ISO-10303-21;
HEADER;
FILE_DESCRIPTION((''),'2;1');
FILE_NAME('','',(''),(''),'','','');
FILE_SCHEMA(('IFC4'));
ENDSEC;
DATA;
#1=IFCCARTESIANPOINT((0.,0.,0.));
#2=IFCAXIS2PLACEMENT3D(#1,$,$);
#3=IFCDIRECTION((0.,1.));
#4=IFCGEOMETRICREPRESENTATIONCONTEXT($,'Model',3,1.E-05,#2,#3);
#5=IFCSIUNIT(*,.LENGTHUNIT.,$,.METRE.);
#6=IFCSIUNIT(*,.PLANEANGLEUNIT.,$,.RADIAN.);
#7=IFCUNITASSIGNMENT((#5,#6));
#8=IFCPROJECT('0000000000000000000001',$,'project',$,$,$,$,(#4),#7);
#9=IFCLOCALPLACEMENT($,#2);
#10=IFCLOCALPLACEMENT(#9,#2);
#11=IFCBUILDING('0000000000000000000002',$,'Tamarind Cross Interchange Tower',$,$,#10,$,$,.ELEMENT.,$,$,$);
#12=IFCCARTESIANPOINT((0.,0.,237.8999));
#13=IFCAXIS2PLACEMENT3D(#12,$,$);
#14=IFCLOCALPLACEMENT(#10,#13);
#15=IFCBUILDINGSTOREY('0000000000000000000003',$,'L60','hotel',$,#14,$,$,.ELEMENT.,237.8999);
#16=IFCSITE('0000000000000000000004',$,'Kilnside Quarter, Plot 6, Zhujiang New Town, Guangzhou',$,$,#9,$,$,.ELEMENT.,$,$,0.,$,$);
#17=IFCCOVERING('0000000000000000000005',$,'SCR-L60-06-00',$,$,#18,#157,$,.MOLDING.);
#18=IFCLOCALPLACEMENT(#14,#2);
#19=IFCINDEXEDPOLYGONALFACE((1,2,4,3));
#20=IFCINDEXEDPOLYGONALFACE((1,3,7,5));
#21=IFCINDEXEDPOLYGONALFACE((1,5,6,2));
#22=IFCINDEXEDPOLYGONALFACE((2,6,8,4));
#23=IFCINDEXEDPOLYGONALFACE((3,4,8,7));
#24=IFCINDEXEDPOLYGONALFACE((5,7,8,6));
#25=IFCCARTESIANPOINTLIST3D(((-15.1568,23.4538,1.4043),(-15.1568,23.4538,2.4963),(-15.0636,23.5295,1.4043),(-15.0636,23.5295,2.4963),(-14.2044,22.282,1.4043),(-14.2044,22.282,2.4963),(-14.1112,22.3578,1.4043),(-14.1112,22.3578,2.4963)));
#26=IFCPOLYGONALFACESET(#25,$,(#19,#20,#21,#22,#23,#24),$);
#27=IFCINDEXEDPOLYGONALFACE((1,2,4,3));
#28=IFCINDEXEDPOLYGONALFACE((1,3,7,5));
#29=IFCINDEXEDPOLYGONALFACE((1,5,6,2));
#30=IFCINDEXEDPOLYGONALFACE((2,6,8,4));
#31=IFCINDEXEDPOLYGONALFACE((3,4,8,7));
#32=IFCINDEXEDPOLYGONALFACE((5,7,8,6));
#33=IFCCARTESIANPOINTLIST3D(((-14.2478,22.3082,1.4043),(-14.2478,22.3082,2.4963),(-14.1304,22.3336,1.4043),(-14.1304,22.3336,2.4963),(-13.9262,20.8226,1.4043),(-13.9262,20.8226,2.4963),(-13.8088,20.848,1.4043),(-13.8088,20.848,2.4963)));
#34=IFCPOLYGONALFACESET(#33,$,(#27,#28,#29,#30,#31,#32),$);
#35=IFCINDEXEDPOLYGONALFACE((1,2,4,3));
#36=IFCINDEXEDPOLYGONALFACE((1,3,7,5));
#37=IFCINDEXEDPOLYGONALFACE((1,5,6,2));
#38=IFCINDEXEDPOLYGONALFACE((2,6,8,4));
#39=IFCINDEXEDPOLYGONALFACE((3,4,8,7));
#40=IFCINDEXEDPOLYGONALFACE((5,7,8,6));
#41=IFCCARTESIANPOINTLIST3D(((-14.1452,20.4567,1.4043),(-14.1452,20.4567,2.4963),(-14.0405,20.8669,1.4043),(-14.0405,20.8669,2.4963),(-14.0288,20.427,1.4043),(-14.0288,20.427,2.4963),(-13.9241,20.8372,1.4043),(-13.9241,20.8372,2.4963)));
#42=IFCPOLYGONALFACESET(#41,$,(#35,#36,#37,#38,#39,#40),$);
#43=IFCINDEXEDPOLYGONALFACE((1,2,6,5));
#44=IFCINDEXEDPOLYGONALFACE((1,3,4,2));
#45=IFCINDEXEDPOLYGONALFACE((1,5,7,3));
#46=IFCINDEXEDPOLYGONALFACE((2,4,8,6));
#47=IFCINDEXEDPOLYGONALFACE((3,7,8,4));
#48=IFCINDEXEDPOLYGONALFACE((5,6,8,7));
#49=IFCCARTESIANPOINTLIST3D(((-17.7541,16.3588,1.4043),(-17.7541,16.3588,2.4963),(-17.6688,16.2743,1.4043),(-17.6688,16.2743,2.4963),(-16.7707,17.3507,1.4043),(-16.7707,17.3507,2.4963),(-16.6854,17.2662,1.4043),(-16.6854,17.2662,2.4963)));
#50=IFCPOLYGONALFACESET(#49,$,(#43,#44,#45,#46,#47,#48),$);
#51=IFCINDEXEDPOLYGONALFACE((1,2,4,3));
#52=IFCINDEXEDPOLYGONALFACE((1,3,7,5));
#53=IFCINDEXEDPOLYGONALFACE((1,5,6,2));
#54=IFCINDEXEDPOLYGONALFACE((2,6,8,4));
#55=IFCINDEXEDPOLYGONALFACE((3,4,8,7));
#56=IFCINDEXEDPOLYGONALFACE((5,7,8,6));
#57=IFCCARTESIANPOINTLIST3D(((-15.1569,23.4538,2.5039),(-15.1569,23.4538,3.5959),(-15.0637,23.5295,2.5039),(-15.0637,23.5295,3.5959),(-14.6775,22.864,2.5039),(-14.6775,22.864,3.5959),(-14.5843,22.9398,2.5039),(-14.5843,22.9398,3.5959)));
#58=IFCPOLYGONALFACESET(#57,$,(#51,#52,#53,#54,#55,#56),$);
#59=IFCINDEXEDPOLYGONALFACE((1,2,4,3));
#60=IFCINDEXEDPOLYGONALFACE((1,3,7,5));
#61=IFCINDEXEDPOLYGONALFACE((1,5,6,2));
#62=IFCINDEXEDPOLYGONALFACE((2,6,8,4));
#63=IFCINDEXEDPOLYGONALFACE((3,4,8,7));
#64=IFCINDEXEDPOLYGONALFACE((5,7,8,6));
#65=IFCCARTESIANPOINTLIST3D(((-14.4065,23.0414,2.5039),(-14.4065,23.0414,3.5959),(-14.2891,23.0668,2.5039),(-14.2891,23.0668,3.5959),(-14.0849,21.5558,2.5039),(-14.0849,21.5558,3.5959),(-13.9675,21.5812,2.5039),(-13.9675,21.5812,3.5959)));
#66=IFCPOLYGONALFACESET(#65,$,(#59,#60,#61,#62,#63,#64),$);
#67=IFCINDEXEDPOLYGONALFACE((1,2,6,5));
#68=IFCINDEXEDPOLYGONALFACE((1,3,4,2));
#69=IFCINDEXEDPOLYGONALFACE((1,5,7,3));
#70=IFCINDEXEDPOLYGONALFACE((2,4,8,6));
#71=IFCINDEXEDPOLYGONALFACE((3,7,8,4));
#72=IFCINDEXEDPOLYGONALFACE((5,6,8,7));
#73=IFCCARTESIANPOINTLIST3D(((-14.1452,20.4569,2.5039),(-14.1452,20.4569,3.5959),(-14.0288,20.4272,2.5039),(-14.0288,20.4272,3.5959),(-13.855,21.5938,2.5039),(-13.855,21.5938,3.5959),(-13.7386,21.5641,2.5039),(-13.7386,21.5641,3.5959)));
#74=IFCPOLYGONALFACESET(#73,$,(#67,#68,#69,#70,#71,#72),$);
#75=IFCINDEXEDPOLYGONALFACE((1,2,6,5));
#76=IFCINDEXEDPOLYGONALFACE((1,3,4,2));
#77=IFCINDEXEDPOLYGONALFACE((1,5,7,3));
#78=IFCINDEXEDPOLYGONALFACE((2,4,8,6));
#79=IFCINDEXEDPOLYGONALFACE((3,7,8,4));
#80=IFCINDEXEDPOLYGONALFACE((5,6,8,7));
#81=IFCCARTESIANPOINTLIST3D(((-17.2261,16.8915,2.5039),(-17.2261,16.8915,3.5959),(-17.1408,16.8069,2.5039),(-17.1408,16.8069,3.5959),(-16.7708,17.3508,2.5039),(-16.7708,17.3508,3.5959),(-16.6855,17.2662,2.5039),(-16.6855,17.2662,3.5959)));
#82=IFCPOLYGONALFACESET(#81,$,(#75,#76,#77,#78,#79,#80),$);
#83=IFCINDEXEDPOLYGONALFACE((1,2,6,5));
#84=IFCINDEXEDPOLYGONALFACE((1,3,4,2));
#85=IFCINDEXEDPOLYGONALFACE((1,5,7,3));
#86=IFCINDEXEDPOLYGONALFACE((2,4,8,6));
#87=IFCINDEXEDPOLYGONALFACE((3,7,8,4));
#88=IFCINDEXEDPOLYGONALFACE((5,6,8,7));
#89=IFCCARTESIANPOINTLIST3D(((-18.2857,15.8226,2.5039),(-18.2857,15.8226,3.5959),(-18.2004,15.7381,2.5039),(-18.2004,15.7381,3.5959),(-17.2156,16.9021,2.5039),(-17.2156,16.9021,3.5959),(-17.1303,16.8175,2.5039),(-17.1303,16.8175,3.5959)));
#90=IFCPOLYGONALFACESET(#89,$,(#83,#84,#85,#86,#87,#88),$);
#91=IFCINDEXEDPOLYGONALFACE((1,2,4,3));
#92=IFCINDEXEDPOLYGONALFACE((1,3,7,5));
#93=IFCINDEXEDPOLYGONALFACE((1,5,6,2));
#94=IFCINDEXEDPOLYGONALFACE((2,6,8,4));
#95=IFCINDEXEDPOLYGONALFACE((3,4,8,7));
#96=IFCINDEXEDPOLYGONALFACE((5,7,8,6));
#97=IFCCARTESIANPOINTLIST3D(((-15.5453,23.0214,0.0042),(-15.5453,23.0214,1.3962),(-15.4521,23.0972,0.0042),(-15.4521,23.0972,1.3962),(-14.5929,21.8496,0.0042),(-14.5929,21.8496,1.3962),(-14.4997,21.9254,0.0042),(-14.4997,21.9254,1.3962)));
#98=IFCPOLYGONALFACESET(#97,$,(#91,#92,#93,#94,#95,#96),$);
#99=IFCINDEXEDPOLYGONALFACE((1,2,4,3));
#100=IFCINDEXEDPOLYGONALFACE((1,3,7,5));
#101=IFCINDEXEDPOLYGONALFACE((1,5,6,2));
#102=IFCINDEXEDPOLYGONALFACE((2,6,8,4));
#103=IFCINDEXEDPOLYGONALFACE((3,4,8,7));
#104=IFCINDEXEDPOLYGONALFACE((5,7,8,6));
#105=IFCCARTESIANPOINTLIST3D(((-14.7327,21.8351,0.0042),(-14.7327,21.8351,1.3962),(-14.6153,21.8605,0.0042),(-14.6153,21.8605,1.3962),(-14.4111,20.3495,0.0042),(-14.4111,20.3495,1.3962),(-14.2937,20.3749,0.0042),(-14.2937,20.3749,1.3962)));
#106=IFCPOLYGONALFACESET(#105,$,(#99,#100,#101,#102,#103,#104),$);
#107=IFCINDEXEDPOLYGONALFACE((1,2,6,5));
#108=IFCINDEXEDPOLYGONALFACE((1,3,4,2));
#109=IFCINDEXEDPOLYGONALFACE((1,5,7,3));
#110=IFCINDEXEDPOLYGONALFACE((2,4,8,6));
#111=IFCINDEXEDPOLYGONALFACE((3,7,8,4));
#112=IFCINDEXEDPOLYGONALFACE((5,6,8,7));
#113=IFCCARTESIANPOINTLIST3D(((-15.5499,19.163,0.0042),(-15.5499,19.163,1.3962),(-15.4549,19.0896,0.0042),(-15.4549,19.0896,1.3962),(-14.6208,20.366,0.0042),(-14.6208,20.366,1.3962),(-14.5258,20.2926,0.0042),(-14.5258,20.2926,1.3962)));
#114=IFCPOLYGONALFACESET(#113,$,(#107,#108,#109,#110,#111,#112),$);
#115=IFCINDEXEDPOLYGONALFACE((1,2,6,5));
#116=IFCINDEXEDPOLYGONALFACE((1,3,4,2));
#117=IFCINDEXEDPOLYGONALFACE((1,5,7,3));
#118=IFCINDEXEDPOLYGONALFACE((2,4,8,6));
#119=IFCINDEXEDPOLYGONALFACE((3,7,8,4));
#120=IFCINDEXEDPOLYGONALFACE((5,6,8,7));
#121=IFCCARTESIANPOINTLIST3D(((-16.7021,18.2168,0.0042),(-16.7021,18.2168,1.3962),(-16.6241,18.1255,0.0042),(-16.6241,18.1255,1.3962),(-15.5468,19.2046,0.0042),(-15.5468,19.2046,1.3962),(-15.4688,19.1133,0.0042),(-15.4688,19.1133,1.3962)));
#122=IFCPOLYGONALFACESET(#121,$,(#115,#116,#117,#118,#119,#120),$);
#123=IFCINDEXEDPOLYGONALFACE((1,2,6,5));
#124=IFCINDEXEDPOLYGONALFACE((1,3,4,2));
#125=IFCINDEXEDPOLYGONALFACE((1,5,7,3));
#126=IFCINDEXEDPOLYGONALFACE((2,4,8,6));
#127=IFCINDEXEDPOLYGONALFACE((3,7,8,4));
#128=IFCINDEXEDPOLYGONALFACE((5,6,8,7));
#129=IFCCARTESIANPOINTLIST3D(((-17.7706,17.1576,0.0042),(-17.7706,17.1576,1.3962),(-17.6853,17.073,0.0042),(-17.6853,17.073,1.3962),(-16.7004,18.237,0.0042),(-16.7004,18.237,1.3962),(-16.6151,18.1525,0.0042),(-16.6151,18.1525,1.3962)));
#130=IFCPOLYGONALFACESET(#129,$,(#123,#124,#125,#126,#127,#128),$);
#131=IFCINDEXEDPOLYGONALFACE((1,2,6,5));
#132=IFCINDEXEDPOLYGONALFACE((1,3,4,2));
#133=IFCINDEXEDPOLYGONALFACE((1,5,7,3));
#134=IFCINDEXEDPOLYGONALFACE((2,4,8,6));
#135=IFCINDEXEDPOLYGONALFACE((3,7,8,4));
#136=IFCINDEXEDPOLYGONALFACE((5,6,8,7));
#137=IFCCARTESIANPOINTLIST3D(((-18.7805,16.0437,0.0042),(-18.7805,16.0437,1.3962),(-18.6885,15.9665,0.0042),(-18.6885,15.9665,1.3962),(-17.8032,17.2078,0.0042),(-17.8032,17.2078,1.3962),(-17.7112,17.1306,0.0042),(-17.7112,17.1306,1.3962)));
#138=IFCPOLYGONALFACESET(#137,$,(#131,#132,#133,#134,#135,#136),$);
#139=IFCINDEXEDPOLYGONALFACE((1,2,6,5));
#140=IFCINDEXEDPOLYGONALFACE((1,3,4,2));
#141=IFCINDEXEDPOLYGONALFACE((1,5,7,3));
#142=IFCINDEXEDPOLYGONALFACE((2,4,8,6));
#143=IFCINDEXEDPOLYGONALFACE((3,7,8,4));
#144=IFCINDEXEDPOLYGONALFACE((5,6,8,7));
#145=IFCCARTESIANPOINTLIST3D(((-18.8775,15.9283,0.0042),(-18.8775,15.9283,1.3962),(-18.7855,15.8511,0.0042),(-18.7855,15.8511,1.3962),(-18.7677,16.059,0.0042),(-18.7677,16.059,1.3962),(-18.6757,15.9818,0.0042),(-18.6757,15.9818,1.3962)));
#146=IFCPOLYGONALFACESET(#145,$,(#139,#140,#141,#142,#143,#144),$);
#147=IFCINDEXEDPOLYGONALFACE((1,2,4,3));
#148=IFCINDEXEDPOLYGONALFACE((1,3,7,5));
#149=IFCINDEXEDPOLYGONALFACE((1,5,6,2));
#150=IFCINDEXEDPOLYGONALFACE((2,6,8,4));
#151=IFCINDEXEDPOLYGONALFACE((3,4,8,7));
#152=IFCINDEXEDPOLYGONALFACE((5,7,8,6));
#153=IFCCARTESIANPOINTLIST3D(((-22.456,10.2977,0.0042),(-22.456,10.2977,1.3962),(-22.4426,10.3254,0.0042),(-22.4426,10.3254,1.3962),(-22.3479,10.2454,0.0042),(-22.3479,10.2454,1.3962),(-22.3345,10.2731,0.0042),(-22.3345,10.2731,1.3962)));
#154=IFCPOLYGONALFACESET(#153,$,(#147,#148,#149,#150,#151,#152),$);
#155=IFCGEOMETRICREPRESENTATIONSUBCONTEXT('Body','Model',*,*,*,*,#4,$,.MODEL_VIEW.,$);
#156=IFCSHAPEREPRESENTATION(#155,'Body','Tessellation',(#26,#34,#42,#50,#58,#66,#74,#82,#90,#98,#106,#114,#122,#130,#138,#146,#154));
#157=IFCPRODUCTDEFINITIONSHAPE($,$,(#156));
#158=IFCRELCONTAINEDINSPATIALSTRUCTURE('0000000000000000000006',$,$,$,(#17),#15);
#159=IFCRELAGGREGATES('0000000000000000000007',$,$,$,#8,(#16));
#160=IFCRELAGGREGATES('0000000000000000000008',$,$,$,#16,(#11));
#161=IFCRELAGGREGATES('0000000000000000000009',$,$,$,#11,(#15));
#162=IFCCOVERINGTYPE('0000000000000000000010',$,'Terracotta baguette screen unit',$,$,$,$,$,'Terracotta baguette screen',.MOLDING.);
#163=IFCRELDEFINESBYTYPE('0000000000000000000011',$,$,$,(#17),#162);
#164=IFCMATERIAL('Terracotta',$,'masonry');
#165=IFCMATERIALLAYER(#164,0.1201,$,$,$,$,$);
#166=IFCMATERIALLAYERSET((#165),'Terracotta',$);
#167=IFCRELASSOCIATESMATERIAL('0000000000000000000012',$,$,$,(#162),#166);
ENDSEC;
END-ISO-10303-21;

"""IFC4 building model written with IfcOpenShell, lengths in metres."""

from ifc_helpers import new_model, si_unit, direction, frame, origin, origin_2d, place, context, subcontext, project, spatial, rectangle, extrude, material, layer, layer_set, type_object, element, save


model = new_model("IFC4")

# Units and contexts
model_context = context("Model", 3, precision=1e-05, world=origin(), true_north=direction((0.0, 1.0)))
body_context = subcontext(model_context, "Body", "Model", "MODEL_VIEW")
ifc_project = project(units=[si_unit("LENGTHUNIT", "METRE"), si_unit("PLANEANGLEUNIT", "RADIAN")], contexts=[model_context])

# Site, building, storey
site_placement = place(None, origin())
site = spatial("IfcSite", under=ifc_project, at=site_placement, Name="Kilnside Quarter, Plot 6, Zhujiang New Town, Guangzhou", CompositionType="ELEMENT", RefElevation=0.0)
building_placement = place(site_placement, origin())
building = spatial("IfcBuilding", under=site, at=building_placement, Name="Tamarind Cross Interchange Tower", CompositionType="ELEMENT")
storey_placement = place(building_placement, frame((0.0, 0.0, 237.8999)))
storey = spatial("IfcBuildingStorey", under=building, at=storey_placement, Name="L60", Description="hotel", CompositionType="ELEMENT", Elevation=237.8999)

# Covering
ifc_material_1 = material(Name="Terracotta", Category="masonry")
ifc_layer_1 = layer(ifc_material_1, 0.1201)
ifc_layer_set_1 = layer_set([ifc_layer_1], Name="Terracotta")
covering_type = type_object("IfcCoveringType", Name="Terracotta baguette screen unit", ElementType="Terracotta baguette screen", PredefinedType="MOLDING", material=ifc_layer_set_1)
covering_1_placement = place(storey_placement, origin())
element("IfcCovering", 1, at=covering_1_placement, inside=storey, type_object=covering_type, Name="SCR-L60-06-00", PredefinedType="MOLDING", context=body_context, shape_type="SweptSolid", body=[
    extrude(rectangle(XDim=1.51, YDim=0.1201, at=origin_2d()), frame((-14.634, 22.9058, 1.4043), z_axis=(0.0, 0.0, 1.0), x_axis=(0.630721, -0.77601, 0.0)), (0.0, 0.0, 1.0), 1.092),
    extrude(rectangle(XDim=1.52, YDim=0.1201, at=origin_2d()), frame((-14.0283, 21.5781, 1.4043), z_axis=(0.0, 0.0, 1.0), x_axis=(0.211607, -0.977355, 0.0)), (0.0, 0.0, 1.0), 1.092),
    extrude(rectangle(XDim=0.4233, YDim=0.1201, at=origin_2d()), frame((-14.0347, 20.647, 1.4043), z_axis=(0.0, 0.0, 1.0), x_axis=(-0.247379, -0.968919, 0.0)), (0.0, 0.0, 1.0), 1.092),
    extrude(rectangle(XDim=1.3967, YDim=0.1201, at=origin_2d()), frame((-17.2197, 16.8125, 1.4043), z_axis=(0.0, 0.0, 1.0), x_axis=(-0.704057, -0.710143, 0.0)), (0.0, 0.0, 1.0), 1.092),
    extrude(rectangle(XDim=0.76, YDim=0.1201, at=origin_2d()), frame((-14.8706, 23.1968, 2.5039), z_axis=(0.0, 0.0, 1.0), x_axis=(0.630721, -0.77601, 0.0)), (0.0, 0.0, 1.0), 1.092),
    extrude(rectangle(XDim=1.52, YDim=0.1201, at=origin_2d()), frame((-14.187, 22.3113, 2.5039), z_axis=(0.0, 0.0, 1.0), x_axis=(0.211607, -0.977355, 0.0)), (0.0, 0.0, 1.0), 1.092),
    extrude(rectangle(XDim=1.1733, YDim=0.1201, at=origin_2d()), frame((-13.9419, 21.0105, 2.5039), z_axis=(0.0, 0.0, 1.0), x_axis=(-0.247379, -0.968919, 0.0)), (0.0, 0.0, 1.0), 1.092),
    extrude(rectangle(XDim=0.6467, YDim=0.1201, at=origin_2d()), frame((-16.9558, 17.0789, 2.5039), z_axis=(0.0, 0.0, 1.0), x_axis=(-0.704057, -0.710143, 0.0)), (0.0, 0.0, 1.0), 1.092),
    extrude(rectangle(XDim=1.52, YDim=0.1201, at=origin_2d()), frame((-17.708, 16.3201, 2.5039), z_axis=(0.0, 0.0, 1.0), x_axis=(-0.704057, -0.710143, 0.0)), (0.0, 0.0, 1.0), 1.092),
    extrude(rectangle(XDim=1.51, YDim=0.1201, at=origin_2d()), frame((-15.0225, 22.4734, 0.0042), z_axis=(0.0, 0.0, 1.0), x_axis=(0.630721, -0.77601, 0.0)), (0.0, 0.0, 1.0), 1.3921),
    extrude(rectangle(XDim=1.52, YDim=0.1201, at=origin_2d()), frame((-14.5132, 21.105, 0.0042), z_axis=(0.0, 0.0, 1.0), x_axis=(0.211607, -0.977355, 0.0)), (0.0, 0.0, 1.0), 1.3921),
    extrude(rectangle(XDim=1.52, YDim=0.1201, at=origin_2d()), frame((-15.0378, 19.7278, 0.0042), z_axis=(0.0, 0.0, 1.0), x_axis=(-0.611246, -0.791441, 0.0)), (0.0, 0.0, 1.0), 1.3921),
    extrude(rectangle(XDim=1.52, YDim=0.1201, at=origin_2d()), frame((-16.0854, 18.665, 0.0042), z_axis=(0.0, 0.0, 1.0), x_axis=(-0.760068, -0.649844, 0.0)), (0.0, 0.0, 1.0), 1.3921),
    extrude(rectangle(XDim=1.52, YDim=0.1201, at=origin_2d()), frame((-17.1929, 17.655, 0.0042), z_axis=(0.0, 0.0, 1.0), x_axis=(-0.704057, -0.710143, 0.0)), (0.0, 0.0, 1.0), 1.3921),
    extrude(rectangle(XDim=1.52, YDim=0.1201, at=origin_2d()), frame((-18.2458, 16.5872, 0.0042), z_axis=(0.0, 0.0, 1.0), x_axis=(-0.643009, -0.765858, 0.0)), (0.0, 0.0, 1.0), 1.3921),
    extrude(rectangle(XDim=0.1707, YDim=0.1201, at=origin_2d()), frame((-18.7766, 15.9551, 0.0042), z_axis=(0.0, 0.0, 1.0), x_axis=(-0.643009, -0.765858, 0.0)), (0.0, 0.0, 1.0), 1.3921),
    extrude(rectangle(XDim=0.0308, YDim=0.1201, at=origin_2d()), frame((-22.3953, 10.2854, 0.0042), z_axis=(0.0, 0.0, 1.0), x_axis=(-0.435326, -0.900273, 0.0)), (0.0, 0.0, 1.0), 1.3921),
])

save(model, "model.ifc")
